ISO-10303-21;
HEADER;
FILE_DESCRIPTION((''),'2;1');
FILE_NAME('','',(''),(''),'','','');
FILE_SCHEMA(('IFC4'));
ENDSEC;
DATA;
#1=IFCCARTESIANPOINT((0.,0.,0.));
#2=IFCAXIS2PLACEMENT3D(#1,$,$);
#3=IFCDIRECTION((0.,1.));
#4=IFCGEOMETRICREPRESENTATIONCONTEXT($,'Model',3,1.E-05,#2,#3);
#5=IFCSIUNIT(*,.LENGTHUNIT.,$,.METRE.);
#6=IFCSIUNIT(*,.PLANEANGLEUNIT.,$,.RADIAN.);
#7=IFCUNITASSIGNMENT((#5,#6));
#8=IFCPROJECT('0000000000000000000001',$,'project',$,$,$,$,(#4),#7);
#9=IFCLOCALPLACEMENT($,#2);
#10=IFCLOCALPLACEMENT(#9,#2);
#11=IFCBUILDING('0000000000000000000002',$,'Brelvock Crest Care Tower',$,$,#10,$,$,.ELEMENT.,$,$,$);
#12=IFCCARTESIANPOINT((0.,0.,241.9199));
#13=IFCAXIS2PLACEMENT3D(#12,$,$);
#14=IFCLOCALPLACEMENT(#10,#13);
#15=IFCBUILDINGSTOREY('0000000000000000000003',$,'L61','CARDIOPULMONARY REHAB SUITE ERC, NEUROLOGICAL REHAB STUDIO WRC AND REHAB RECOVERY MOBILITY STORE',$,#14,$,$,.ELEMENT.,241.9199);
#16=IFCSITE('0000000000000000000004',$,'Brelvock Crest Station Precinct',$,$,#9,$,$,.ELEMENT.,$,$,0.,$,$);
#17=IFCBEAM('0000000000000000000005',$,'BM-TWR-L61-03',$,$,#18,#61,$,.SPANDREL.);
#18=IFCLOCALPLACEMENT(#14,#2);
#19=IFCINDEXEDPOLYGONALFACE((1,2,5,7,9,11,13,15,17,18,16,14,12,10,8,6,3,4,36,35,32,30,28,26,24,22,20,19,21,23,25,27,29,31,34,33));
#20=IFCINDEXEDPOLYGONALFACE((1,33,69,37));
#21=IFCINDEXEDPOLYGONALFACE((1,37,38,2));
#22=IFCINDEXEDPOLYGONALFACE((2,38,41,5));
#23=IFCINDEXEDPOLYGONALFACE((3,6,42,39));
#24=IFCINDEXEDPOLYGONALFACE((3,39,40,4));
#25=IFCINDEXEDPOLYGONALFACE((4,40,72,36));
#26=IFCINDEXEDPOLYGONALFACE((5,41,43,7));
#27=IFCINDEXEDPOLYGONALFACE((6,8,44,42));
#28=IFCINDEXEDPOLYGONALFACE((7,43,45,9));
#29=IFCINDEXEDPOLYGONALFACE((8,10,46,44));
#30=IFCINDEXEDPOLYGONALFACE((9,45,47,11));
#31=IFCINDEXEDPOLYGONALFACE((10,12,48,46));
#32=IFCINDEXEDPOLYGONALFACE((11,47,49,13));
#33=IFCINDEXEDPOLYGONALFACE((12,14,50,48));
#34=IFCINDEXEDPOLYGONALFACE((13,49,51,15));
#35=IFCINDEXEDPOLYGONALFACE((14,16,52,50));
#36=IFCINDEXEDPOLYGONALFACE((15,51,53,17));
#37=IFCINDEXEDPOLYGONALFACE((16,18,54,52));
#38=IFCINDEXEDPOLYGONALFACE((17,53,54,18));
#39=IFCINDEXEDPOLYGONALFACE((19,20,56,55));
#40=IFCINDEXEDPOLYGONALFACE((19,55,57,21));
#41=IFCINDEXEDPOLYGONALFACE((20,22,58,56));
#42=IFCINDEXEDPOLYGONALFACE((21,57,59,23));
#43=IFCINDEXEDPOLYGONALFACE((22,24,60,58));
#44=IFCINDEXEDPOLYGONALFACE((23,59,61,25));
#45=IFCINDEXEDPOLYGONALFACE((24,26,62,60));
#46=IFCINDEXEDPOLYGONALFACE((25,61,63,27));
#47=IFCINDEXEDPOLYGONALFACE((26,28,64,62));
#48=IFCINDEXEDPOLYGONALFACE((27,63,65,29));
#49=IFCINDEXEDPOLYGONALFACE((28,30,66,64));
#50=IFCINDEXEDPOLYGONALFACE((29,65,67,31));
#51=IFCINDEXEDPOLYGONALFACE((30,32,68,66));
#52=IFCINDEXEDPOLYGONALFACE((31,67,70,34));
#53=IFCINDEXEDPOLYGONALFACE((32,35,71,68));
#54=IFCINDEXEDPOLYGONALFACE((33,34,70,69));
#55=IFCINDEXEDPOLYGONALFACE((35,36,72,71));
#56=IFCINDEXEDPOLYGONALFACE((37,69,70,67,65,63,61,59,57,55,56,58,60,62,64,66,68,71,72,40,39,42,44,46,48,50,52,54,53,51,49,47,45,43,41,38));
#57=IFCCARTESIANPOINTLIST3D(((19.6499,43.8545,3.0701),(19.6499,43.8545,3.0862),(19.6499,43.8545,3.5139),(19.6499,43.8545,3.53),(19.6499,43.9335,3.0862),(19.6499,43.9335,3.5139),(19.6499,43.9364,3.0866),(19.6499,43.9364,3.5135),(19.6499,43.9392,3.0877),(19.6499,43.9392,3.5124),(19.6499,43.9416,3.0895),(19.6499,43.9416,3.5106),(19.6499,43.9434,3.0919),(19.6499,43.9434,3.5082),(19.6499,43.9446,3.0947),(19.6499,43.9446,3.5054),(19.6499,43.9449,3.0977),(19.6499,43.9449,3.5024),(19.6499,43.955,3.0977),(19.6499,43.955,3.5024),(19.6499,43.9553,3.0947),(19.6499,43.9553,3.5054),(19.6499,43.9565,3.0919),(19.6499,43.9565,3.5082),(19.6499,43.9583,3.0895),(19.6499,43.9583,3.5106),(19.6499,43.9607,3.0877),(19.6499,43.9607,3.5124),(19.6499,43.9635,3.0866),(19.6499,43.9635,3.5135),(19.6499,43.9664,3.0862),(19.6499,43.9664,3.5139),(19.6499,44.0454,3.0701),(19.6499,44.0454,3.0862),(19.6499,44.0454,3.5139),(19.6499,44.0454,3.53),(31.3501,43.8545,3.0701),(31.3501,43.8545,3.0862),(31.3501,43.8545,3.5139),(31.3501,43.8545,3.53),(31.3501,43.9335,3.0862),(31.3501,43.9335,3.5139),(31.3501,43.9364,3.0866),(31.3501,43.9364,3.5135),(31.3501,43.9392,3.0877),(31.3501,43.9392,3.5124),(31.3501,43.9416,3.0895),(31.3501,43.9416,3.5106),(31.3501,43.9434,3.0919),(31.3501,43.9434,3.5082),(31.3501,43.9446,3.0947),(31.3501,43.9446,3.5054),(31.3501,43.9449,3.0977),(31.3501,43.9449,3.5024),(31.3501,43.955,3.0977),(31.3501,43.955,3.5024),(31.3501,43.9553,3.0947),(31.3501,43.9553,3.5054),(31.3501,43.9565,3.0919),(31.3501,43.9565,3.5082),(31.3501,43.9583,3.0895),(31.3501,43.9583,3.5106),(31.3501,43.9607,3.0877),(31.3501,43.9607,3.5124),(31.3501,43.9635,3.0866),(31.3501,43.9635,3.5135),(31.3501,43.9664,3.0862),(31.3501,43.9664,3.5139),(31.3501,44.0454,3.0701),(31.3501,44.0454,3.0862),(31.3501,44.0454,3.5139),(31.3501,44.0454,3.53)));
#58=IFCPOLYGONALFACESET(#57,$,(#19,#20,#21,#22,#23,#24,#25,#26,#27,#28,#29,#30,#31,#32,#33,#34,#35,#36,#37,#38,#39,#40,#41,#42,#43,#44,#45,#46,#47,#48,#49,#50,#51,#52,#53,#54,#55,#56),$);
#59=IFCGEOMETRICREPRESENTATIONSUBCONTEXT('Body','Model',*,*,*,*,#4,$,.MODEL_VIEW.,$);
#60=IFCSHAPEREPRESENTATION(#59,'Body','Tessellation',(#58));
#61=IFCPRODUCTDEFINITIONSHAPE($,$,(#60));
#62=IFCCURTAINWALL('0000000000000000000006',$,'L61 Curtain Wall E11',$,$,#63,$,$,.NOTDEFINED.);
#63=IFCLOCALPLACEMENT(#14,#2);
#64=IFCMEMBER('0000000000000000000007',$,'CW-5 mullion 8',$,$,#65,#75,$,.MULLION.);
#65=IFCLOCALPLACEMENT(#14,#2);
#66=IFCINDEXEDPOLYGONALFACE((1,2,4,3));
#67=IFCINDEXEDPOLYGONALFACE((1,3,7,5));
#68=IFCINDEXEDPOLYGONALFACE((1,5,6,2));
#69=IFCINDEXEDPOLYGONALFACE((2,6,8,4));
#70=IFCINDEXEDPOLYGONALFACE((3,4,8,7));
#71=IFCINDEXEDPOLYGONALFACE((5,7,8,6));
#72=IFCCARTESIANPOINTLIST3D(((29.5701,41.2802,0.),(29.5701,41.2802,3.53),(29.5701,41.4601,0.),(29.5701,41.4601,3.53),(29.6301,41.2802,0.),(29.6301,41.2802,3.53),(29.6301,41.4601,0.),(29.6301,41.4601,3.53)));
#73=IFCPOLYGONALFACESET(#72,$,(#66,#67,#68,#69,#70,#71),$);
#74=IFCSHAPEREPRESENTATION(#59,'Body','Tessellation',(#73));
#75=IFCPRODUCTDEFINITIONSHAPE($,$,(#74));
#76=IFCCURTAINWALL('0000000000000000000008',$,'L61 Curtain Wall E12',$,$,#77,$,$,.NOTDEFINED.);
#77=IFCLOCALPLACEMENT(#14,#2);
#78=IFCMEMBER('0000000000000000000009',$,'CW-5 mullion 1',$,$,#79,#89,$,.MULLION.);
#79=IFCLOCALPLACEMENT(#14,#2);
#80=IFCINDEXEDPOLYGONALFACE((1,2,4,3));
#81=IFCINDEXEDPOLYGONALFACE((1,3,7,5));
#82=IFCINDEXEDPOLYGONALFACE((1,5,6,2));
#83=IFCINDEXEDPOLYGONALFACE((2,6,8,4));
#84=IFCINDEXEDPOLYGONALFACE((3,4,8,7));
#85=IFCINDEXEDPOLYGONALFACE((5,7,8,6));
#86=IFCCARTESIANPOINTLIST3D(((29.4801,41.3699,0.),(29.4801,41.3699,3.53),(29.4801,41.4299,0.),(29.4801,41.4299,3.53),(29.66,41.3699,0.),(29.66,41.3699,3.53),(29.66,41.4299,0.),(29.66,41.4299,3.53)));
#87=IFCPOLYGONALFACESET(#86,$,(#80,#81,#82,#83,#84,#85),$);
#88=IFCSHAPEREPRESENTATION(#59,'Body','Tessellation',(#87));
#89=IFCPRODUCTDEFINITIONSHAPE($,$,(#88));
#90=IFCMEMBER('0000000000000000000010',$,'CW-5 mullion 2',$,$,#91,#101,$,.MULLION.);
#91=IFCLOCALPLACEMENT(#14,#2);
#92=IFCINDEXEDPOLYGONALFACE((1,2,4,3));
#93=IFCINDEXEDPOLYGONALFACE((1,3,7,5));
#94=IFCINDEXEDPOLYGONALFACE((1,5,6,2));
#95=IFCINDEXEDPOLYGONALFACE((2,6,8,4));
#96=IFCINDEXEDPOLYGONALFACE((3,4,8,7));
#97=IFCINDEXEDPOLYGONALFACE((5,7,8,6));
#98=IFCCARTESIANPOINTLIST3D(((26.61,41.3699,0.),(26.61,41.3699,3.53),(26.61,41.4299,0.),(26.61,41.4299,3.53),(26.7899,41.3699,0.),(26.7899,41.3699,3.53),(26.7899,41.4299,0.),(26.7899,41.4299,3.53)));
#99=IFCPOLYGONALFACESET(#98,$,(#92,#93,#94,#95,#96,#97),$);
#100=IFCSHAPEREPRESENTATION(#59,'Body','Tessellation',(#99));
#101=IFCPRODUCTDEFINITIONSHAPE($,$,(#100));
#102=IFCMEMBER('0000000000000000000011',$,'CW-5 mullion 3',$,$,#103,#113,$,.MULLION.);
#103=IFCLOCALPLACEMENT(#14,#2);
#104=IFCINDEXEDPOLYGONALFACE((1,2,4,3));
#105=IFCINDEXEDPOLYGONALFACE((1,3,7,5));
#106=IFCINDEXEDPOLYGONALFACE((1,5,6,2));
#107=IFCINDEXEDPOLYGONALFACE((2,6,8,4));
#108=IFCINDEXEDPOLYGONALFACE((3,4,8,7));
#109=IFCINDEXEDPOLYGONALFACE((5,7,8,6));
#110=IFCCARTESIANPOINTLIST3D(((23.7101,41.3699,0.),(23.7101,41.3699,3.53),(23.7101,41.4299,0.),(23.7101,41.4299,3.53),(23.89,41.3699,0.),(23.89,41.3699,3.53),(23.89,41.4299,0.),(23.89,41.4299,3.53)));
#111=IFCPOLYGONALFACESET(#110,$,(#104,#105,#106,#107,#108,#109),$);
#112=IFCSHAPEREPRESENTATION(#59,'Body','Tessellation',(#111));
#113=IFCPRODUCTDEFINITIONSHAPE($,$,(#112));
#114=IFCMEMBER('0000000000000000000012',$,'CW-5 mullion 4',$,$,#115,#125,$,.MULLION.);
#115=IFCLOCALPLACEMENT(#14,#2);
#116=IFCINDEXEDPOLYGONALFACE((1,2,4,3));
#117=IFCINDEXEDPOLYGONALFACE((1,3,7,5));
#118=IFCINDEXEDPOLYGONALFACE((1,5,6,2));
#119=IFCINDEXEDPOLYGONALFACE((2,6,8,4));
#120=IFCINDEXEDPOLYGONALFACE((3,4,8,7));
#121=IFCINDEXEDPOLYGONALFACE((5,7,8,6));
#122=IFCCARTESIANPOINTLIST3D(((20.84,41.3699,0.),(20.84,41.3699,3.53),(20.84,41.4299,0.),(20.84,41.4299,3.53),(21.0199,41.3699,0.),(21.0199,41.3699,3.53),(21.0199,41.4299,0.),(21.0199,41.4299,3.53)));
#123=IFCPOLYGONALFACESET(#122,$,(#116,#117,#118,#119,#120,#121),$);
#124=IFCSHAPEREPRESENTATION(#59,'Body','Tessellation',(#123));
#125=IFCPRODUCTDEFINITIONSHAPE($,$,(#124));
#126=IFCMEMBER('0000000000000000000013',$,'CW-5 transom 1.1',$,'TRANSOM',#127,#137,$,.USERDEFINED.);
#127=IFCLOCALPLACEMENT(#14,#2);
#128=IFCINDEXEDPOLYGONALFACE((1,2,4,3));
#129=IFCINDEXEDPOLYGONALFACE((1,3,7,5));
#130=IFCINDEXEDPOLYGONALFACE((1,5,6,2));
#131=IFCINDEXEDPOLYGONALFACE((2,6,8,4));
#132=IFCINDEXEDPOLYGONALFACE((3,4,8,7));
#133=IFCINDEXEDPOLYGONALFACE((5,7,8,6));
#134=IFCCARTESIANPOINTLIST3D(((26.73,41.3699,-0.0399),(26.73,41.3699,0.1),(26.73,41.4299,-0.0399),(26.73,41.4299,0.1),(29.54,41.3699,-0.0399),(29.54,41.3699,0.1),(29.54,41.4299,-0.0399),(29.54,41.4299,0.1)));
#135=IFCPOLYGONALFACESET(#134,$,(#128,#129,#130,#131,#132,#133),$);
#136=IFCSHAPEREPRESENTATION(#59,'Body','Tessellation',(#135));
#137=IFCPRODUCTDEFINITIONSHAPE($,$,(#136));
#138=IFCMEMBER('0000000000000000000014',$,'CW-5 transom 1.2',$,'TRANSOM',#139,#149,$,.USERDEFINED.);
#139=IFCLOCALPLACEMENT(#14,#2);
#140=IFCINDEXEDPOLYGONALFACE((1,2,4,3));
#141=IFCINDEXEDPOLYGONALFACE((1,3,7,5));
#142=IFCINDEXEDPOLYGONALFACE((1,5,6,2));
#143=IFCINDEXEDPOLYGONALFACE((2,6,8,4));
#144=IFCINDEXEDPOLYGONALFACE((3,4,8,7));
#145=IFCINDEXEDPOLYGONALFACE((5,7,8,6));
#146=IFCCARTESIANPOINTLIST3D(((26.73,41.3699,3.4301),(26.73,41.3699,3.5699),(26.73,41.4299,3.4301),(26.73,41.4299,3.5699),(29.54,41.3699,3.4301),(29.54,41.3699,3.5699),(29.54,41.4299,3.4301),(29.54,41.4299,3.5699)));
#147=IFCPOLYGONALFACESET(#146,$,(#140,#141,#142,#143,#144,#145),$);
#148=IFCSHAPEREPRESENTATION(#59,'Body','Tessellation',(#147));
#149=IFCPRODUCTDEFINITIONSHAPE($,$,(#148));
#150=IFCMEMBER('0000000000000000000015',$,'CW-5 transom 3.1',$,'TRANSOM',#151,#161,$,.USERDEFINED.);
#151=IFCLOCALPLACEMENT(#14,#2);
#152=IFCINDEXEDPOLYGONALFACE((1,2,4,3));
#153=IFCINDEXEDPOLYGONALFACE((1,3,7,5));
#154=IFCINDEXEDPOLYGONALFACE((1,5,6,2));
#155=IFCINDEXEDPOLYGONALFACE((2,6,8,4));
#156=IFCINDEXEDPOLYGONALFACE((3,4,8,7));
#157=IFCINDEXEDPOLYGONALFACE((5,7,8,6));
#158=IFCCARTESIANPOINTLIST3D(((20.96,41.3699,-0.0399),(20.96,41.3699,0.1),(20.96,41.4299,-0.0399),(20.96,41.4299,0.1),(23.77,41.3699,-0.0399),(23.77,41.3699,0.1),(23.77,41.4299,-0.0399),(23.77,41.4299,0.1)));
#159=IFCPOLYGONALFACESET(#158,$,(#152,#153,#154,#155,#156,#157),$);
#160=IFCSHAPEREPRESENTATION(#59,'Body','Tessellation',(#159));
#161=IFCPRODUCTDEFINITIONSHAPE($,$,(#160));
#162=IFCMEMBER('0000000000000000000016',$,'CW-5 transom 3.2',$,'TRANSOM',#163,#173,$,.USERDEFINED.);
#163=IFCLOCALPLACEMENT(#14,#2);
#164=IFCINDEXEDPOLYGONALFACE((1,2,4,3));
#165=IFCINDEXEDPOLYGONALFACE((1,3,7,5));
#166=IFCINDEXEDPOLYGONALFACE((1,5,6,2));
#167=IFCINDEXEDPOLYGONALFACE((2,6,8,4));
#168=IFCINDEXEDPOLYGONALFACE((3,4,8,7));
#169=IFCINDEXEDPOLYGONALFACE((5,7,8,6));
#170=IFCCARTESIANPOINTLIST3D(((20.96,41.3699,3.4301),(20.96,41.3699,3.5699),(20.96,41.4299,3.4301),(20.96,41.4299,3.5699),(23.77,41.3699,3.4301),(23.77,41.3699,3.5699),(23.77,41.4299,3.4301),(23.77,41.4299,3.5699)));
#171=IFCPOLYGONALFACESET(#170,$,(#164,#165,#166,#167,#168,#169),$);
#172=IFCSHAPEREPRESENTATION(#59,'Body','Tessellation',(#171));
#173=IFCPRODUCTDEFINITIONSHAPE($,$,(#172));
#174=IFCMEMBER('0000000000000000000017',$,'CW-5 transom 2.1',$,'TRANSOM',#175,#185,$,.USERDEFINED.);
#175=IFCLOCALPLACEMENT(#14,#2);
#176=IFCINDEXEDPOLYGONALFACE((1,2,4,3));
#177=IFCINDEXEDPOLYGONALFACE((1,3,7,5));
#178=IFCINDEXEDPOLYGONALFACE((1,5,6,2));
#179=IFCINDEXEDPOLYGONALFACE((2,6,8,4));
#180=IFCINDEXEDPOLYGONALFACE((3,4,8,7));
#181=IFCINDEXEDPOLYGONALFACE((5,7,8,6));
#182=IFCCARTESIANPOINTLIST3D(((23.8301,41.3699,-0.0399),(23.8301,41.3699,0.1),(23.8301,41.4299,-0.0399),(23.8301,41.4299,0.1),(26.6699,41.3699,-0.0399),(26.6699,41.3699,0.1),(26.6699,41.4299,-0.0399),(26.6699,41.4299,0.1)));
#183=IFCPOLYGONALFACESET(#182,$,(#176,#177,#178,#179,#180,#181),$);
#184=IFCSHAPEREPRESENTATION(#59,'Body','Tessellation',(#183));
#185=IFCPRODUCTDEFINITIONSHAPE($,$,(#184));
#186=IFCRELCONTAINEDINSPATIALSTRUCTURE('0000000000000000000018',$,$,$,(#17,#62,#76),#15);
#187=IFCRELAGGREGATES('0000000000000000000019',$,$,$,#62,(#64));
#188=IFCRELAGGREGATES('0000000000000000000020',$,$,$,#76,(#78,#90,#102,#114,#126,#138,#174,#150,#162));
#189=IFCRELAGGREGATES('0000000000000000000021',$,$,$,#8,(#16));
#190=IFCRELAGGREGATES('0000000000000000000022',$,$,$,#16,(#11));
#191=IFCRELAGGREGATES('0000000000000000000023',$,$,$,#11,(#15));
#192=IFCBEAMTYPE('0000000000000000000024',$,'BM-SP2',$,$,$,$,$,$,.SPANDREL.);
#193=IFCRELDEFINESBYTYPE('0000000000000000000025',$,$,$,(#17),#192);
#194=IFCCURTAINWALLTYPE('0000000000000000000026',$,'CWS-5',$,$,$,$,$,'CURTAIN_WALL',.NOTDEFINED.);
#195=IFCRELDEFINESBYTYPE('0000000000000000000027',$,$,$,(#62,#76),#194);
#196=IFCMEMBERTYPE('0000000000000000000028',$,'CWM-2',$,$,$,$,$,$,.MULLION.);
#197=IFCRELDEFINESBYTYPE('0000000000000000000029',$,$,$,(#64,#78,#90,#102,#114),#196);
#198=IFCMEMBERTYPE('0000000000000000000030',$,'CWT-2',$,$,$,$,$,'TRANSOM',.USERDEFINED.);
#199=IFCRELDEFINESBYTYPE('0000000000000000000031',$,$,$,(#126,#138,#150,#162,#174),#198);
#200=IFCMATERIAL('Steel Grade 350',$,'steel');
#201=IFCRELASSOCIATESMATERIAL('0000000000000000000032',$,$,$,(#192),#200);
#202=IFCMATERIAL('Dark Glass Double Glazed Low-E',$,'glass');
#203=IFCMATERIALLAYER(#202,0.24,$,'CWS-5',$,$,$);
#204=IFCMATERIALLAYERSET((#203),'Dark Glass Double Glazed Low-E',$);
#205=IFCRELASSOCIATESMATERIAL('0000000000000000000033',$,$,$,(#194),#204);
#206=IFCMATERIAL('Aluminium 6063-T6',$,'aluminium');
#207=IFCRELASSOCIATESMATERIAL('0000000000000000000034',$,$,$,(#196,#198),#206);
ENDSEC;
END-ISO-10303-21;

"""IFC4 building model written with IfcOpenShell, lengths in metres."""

from ifc_helpers import new_model, si_unit, direction, frame, origin, origin_2d, place, context, subcontext, project, spatial, rectangle, i_section, extrude, source, transform, mapped, material, layer, layer_set, material_profile, profile_set, type_object, element, aggregate, save


model = new_model("IFC4")

# Units and contexts
model_context = context("Model", 3, precision=1e-05, world=origin(), true_north=direction((0.0, 1.0)))
body_context = subcontext(model_context, "Body", "Model", "MODEL_VIEW")
ifc_project = project(units=[si_unit("LENGTHUNIT", "METRE"), si_unit("PLANEANGLEUNIT", "RADIAN")], contexts=[model_context])

# Site, building, storey
site_placement = place(None, origin())
site = spatial("IfcSite", under=ifc_project, at=site_placement, Name="Brelvock Crest Station Precinct", CompositionType="ELEMENT", RefElevation=0.0)
building_placement = place(site_placement, origin())
building = spatial("IfcBuilding", under=site, at=building_placement, Name="Brelvock Crest Care Tower", CompositionType="ELEMENT")
storey_placement = place(building_placement, frame((0.0, 0.0, 241.9199)))
storey = spatial("IfcBuildingStorey", under=building, at=storey_placement, Name="L61", Description="CARDIOPULMONARY REHAB SUITE ERC, NEUROLOGICAL REHAB STUDIO WRC AND REHAB RECOVERY MOBILITY STORE", CompositionType="ELEMENT", Elevation=241.9199)

# Shared definitions
ifc_material_1 = material(Name="Steel Grade 350", Category="steel")

# Beam
ifc_material_profile_1 = material_profile(ifc_material_1, i_section(OverallWidth=0.1909, OverallDepth=0.46, WebThickness=0.01, FlangeThickness=0.0161, FilletRadius=0.0115, at=origin_2d()), Name="460UB82.1")
ifc_profile_set_1 = profile_set([ifc_material_profile_1], Name="Steel Grade 350")
beam_type_1 = type_object("IfcBeamType", Name="BM-SP2", PredefinedType="SPANDREL", material=ifc_profile_set_1)
shared_shape_1 = source(origin(), body_context, "Body", "SweptSolid", [
    extrude(i_section(OverallWidth=0.1909, OverallDepth=0.46, WebThickness=0.01, FlangeThickness=0.0161, FilletRadius=0.0115, at=origin_2d()), origin(), (0.0, 0.0, 1.0), 11.7002),
])
beam_1_placement = place(storey_placement, frame((19.6499, 43.95, 3.3), z_axis=(1.0, 0.0, 0.0), x_axis=(0.0, 1.0, 0.0)))
element("IfcBeam", 1, at=beam_1_placement, inside=storey, type_object=beam_type_1, Name="BM-TWR-L61-03", PredefinedType="SPANDREL", context=body_context, shape_type="MappedRepresentation", body=[
    mapped(shared_shape_1, transform((0.0, 0.0, 0.0), x_axis=(1.0, 0.0, 0.0), y_axis=(0.0, 1.0, 0.0), z_axis=(0.0, 0.0, 1.0), scale=1.0)),
])

# Curtain wall, member
ifc_material_2 = material(Name="Dark Glass Double Glazed Low-E", Category="glass")
ifc_layer_1 = layer(ifc_material_2, 0.24, Name="CWS-5")
ifc_layer_set_1 = layer_set([ifc_layer_1], Name="Dark Glass Double Glazed Low-E")
curtain_wall_type = type_object("IfcCurtainWallType", Name="CWS-5", ElementType="CURTAIN_WALL", PredefinedType="NOTDEFINED", material=ifc_layer_set_1)
curtain_wall_1_placement = place(storey_placement, origin())
curtain_wall_1 = element("IfcCurtainWall", 2, at=curtain_wall_1_placement, inside=storey, type_object=curtain_wall_type, Name="L61 Curtain Wall E11", PredefinedType="NOTDEFINED")
ifc_material_3 = material(Name="Aluminium 6063-T6", Category="aluminium")
ifc_material_profile_2 = material_profile(ifc_material_3, rectangle(XDim=0.0601, YDim=0.1799, at=origin_2d()), Name="ALU60x180")
ifc_profile_set_2 = profile_set([ifc_material_profile_2], Name="Aluminium 6063-T6")
member_type_1 = type_object("IfcMemberType", Name="CWM-2", PredefinedType="MULLION", material=ifc_profile_set_2)
shared_shape_2 = source(origin(), body_context, "Body", "SweptSolid", [
    extrude(rectangle(XDim=0.0601, YDim=0.1799, at=origin_2d()), origin(), (0.0, 0.0, 1.0), 3.53),
])
member_1_placement = place(storey_placement, frame((29.6001, 41.3701, 0.0), z_axis=(0.0, 0.0, 1.0), x_axis=(-1.0, 0.0, 0.0)))
member_1 = element("IfcMember", 3, at=member_1_placement, type_object=member_type_1, Name="CW-5 mullion 8", PredefinedType="MULLION", context=body_context, shape_type="MappedRepresentation", body=[
    mapped(shared_shape_2, transform((0.0, 0.0, 0.0), x_axis=(1.0, 0.0, 0.0), y_axis=(0.0, 1.0, 0.0), z_axis=(0.0, 0.0, 1.0), scale=1.0)),
])
aggregate(curtain_wall_1, [member_1])

# Curtain wall, members
curtain_wall_2_placement = place(storey_placement, origin())
curtain_wall_2 = element("IfcCurtainWall", 4, at=curtain_wall_2_placement, inside=storey, type_object=curtain_wall_type, Name="L61 Curtain Wall E12", PredefinedType="NOTDEFINED")
member_2_placement = place(storey_placement, frame((29.5701, 41.3999, 0.0), z_axis=(0.0, 0.0, 1.0), x_axis=(0.0, -1.0, 0.0)))
member_2 = element("IfcMember", 5, at=member_2_placement, type_object=member_type_1, Name="CW-5 mullion 1", PredefinedType="MULLION", context=body_context, shape_type="MappedRepresentation", body=[
    mapped(shared_shape_2, transform((0.0, 0.0, 0.0), x_axis=(1.0, 0.0, 0.0), y_axis=(0.0, 1.0, 0.0), z_axis=(0.0, 0.0, 1.0), scale=1.0)),
])
member_3_placement = place(storey_placement, frame((26.7, 41.3999, 0.0), z_axis=(0.0, 0.0, 1.0), x_axis=(0.0, -1.0, 0.0)))
member_3 = element("IfcMember", 6, at=member_3_placement, type_object=member_type_1, Name="CW-5 mullion 2", PredefinedType="MULLION", context=body_context, shape_type="MappedRepresentation", body=[
    mapped(shared_shape_2, transform((0.0, 0.0, 0.0), x_axis=(1.0, 0.0, 0.0), y_axis=(0.0, 1.0, 0.0), z_axis=(0.0, 0.0, 1.0), scale=1.0)),
])
member_4_placement = place(storey_placement, frame((23.8, 41.3999, 0.0), z_axis=(0.0, 0.0, 1.0), x_axis=(0.0, -1.0, 0.0)))
member_4 = element("IfcMember", 7, at=member_4_placement, type_object=member_type_1, Name="CW-5 mullion 3", PredefinedType="MULLION", context=body_context, shape_type="MappedRepresentation", body=[
    mapped(shared_shape_2, transform((0.0, 0.0, 0.0), x_axis=(1.0, 0.0, 0.0), y_axis=(0.0, 1.0, 0.0), z_axis=(0.0, 0.0, 1.0), scale=1.0)),
])
member_5_placement = place(storey_placement, frame((20.9299, 41.3999, 0.0), z_axis=(0.0, 0.0, 1.0), x_axis=(0.0, -1.0, 0.0)))
member_5 = element("IfcMember", 8, at=member_5_placement, type_object=member_type_1, Name="CW-5 mullion 4", PredefinedType="MULLION", context=body_context, shape_type="MappedRepresentation", body=[
    mapped(shared_shape_2, transform((0.0, 0.0, 0.0), x_axis=(1.0, 0.0, 0.0), y_axis=(0.0, 1.0, 0.0), z_axis=(0.0, 0.0, 1.0), scale=1.0)),
])
ifc_material_profile_3 = material_profile(ifc_material_3, rectangle(XDim=0.0601, YDim=0.1399, at=origin_2d()), Name="ALU60x140")
ifc_profile_set_3 = profile_set([ifc_material_profile_3], Name="Aluminium 6063-T6")
member_type_2 = type_object("IfcMemberType", Name="CWT-2", ElementType="TRANSOM", PredefinedType="USERDEFINED", material=ifc_profile_set_3)
shared_shape_3 = source(origin(), body_context, "Body", "SweptSolid", [
    extrude(rectangle(XDim=0.0601, YDim=0.1399, at=origin_2d()), origin(), (0.0, 0.0, 1.0), 2.8101),
])
member_6_placement = place(storey_placement, frame((29.54, 41.3999, 0.03), z_axis=(-1.0, 0.0, 0.0), x_axis=(0.0, -1.0, 0.0)))
member_6 = element("IfcMember", 9, at=member_6_placement, type_object=member_type_2, Name="CW-5 transom 1.1", ObjectType="TRANSOM", PredefinedType="USERDEFINED", context=body_context, shape_type="MappedRepresentation", body=[
    mapped(shared_shape_3, transform((0.0, 0.0, 0.0), x_axis=(1.0, 0.0, 0.0), y_axis=(0.0, 1.0, 0.0), z_axis=(0.0, 0.0, 1.0), scale=1.0)),
])
member_7_placement = place(storey_placement, frame((29.54, 41.3999, 3.5), z_axis=(-1.0, 0.0, 0.0), x_axis=(0.0, -1.0, 0.0)))
member_7 = element("IfcMember", 10, at=member_7_placement, type_object=member_type_2, Name="CW-5 transom 1.2", ObjectType="TRANSOM", PredefinedType="USERDEFINED", context=body_context, shape_type="MappedRepresentation", body=[
    mapped(shared_shape_3, transform((0.0, 0.0, 0.0), x_axis=(1.0, 0.0, 0.0), y_axis=(0.0, 1.0, 0.0), z_axis=(0.0, 0.0, 1.0), scale=1.0)),
])
member_8_placement = place(storey_placement, frame((23.77, 41.3999, 0.03), z_axis=(-1.0, 0.0, 0.0), x_axis=(0.0, -1.0, 0.0)))
member_8 = element("IfcMember", 11, at=member_8_placement, type_object=member_type_2, Name="CW-5 transom 3.1", ObjectType="TRANSOM", PredefinedType="USERDEFINED", context=body_context, shape_type="MappedRepresentation", body=[
    mapped(shared_shape_3, transform((0.0, 0.0, 0.0), x_axis=(1.0, 0.0, 0.0), y_axis=(0.0, 1.0, 0.0), z_axis=(0.0, 0.0, 1.0), scale=1.0)),
])
member_9_placement = place(storey_placement, frame((23.77, 41.3999, 3.5), z_axis=(-1.0, 0.0, 0.0), x_axis=(0.0, -1.0, 0.0)))
member_9 = element("IfcMember", 12, at=member_9_placement, type_object=member_type_2, Name="CW-5 transom 3.2", ObjectType="TRANSOM", PredefinedType="USERDEFINED", context=body_context, shape_type="MappedRepresentation", body=[
    mapped(shared_shape_3, transform((0.0, 0.0, 0.0), x_axis=(1.0, 0.0, 0.0), y_axis=(0.0, 1.0, 0.0), z_axis=(0.0, 0.0, 1.0), scale=1.0)),
])
shared_shape_4 = source(origin(), body_context, "Body", "SweptSolid", [
    extrude(rectangle(XDim=0.0601, YDim=0.1399, at=origin_2d()), origin(), (0.0, 0.0, 1.0), 2.8398),
])
member_10_placement = place(storey_placement, frame((26.6699, 41.3999, 0.03), z_axis=(-1.0, 0.0, 0.0), x_axis=(0.0, -1.0, 0.0)))
member_10 = element("IfcMember", 13, at=member_10_placement, type_object=member_type_2, Name="CW-5 transom 2.1", ObjectType="TRANSOM", PredefinedType="USERDEFINED", context=body_context, shape_type="MappedRepresentation", body=[
    mapped(shared_shape_4, transform((0.0, 0.0, 0.0), x_axis=(1.0, 0.0, 0.0), y_axis=(0.0, 1.0, 0.0), z_axis=(0.0, 0.0, 1.0), scale=1.0)),
])
aggregate(curtain_wall_2, [member_2, member_3, member_4, member_5, member_6, member_7, member_10, member_8, member_9])

save(model, "model.ifc")
